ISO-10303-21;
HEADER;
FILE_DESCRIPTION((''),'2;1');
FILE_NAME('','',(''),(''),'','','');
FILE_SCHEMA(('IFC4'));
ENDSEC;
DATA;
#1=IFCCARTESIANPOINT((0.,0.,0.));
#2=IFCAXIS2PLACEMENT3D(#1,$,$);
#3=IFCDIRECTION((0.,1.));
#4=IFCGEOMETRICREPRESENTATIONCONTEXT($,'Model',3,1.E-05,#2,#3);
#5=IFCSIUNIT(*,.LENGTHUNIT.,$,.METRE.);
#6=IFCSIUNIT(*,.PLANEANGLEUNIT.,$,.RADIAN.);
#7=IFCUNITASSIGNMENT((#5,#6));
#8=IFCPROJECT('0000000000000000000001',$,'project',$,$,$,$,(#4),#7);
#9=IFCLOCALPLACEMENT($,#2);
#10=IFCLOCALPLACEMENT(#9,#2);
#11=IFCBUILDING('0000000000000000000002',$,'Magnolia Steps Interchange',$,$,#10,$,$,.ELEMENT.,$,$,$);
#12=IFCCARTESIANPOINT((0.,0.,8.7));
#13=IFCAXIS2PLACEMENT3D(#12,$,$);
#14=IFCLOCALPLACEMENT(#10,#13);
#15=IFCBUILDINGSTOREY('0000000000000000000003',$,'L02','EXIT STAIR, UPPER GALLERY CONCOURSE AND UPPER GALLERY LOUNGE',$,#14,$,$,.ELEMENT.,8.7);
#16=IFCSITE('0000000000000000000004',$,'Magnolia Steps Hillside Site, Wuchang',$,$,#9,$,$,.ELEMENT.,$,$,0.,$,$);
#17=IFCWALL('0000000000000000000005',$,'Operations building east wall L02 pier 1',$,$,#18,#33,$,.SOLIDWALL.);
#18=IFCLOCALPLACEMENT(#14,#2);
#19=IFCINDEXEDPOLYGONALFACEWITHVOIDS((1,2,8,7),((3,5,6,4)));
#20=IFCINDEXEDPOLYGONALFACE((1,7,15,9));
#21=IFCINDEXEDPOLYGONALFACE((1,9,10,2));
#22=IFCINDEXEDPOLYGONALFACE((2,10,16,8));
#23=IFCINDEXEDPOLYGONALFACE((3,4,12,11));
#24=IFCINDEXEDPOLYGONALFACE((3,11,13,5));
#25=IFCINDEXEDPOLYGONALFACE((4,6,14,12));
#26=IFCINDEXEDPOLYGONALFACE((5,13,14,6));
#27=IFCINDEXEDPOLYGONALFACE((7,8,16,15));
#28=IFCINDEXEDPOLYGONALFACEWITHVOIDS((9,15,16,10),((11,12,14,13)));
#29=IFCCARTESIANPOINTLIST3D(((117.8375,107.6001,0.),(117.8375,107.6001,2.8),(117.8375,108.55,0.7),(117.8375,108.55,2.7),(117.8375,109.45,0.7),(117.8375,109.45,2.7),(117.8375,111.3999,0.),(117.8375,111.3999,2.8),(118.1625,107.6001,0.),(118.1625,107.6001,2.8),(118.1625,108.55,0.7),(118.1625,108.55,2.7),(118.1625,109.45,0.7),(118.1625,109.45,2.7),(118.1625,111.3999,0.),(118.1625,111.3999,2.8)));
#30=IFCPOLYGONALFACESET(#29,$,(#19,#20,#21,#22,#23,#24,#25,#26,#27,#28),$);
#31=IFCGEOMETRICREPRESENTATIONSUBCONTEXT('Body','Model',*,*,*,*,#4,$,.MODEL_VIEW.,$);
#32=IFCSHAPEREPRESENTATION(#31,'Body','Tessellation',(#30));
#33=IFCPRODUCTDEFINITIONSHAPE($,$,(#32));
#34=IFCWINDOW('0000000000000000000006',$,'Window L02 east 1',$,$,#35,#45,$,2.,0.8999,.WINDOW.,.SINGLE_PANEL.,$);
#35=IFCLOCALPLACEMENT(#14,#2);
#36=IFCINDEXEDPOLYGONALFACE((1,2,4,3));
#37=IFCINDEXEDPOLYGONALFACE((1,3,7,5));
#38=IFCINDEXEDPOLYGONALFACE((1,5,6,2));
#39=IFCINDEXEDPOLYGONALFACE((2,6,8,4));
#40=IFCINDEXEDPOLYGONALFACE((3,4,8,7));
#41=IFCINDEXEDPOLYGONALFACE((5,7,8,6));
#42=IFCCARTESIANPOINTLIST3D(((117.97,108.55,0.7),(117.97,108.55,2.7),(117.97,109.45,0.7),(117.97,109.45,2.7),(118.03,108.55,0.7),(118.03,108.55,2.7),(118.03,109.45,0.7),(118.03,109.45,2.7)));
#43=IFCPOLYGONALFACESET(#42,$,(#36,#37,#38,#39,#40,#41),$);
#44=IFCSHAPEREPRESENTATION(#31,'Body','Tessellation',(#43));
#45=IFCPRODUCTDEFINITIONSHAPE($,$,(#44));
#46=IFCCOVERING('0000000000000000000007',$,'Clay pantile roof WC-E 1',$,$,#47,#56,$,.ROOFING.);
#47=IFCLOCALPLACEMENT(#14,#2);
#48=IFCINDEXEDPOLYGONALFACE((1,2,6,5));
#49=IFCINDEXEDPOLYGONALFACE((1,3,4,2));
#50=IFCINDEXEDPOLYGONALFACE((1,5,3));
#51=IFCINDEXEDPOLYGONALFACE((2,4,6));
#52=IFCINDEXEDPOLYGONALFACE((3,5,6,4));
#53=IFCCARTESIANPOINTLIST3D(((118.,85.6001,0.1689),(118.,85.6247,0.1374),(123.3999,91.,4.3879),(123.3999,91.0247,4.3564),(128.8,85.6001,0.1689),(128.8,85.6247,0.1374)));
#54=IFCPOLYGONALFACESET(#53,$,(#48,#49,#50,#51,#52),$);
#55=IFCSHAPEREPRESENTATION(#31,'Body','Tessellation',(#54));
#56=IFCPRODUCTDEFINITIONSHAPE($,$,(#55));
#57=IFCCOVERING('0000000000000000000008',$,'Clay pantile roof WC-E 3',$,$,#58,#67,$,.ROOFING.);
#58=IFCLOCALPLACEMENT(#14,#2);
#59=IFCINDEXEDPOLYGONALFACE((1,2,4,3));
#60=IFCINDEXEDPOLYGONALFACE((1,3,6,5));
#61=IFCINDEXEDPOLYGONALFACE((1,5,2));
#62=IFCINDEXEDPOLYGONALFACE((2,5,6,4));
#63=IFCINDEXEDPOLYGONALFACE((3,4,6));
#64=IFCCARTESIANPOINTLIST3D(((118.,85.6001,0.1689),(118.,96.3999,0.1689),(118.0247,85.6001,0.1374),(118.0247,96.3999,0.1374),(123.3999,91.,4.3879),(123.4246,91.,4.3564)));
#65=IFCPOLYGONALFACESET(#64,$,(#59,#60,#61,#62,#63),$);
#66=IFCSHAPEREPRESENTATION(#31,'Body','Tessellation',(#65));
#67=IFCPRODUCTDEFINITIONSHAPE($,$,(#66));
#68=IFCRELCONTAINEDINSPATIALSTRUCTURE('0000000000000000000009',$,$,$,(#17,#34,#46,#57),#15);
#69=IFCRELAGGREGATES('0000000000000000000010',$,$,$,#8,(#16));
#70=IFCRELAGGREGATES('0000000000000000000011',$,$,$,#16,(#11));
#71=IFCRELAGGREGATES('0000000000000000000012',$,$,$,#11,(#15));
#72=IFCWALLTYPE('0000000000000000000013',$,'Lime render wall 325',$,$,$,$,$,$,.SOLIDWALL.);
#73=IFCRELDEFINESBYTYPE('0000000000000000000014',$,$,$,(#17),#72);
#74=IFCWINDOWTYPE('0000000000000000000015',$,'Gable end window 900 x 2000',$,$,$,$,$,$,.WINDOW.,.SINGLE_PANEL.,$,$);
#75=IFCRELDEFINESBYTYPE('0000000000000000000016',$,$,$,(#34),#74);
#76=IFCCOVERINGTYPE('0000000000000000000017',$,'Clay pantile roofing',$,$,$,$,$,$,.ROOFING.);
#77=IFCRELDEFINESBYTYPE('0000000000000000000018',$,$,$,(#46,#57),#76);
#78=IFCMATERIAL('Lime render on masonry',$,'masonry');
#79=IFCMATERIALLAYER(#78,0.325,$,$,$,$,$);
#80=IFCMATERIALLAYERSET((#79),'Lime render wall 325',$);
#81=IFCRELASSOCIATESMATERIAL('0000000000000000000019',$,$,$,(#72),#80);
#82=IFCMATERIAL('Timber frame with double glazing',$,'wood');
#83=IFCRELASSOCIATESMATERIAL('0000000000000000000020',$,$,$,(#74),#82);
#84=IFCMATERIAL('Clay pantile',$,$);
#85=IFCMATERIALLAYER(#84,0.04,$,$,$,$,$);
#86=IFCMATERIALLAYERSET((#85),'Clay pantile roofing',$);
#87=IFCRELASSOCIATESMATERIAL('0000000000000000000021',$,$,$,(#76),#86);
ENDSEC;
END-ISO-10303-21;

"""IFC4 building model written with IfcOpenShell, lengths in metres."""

from ifc_helpers import new_model, si_unit, direction, frame, frame_2d, origin, place, context, subcontext, project, spatial, polyline, rectangle, outline, extrude, material, layer, layer_set, type_object, element, fill, save


model = new_model("IFC4")

# Units and contexts
model_context = context("Model", 3, precision=1e-05, world=origin(), true_north=direction((0.0, 1.0)))
body_context = subcontext(model_context, "Body", "Model", "MODEL_VIEW")
ifc_project = project(units=[si_unit("LENGTHUNIT", "METRE"), si_unit("PLANEANGLEUNIT", "RADIAN")], contexts=[model_context])

# Site, building, storey
site_placement = place(None, origin())
site = spatial("IfcSite", under=ifc_project, at=site_placement, Name="Magnolia Steps Hillside Site, Wuchang", CompositionType="ELEMENT", RefElevation=0.0)
building_placement = place(site_placement, origin())
building = spatial("IfcBuilding", under=site, at=building_placement, Name="Magnolia Steps Interchange", CompositionType="ELEMENT")
storey_placement = place(building_placement, frame((0.0, 0.0, 8.7)))
storey = spatial("IfcBuildingStorey", under=building, at=storey_placement, Name="L02", Description="EXIT STAIR, UPPER GALLERY CONCOURSE AND UPPER GALLERY LOUNGE", CompositionType="ELEMENT", Elevation=8.7)

# Wall, opening, window
ifc_material_1 = material(Name="Lime render on masonry", Category="masonry")
ifc_layer_1 = layer(ifc_material_1, 0.325)
ifc_layer_set_1 = layer_set([ifc_layer_1], Name="Lime render wall 325")
wall_type_1 = type_object("IfcWallType", Name="Lime render wall 325", PredefinedType="SOLIDWALL", material=ifc_layer_set_1)
wall_1_placement = place(storey_placement, frame((118.0, 107.6001, 0.0), z_axis=(0.0, 0.0, 1.0), x_axis=(0.0, 1.0, 0.0)))
wall_1 = element("IfcWall", 1, at=wall_1_placement, inside=storey, type_object=wall_type_1, Name="Operations building east wall L02 pier 1", PredefinedType="SOLIDWALL", context=body_context, shape_type="SweptSolid", body=[
    extrude(rectangle(XDim=3.7998, YDim=0.325, at=frame_2d((1.8999, 0.0))), origin(), (0.0, 0.0, 1.0), 2.8),
])
opening_1_placement = place(wall_1_placement, frame((0.95, 0.0, 0.7)))
opening_1 = element("IfcOpeningElement", 2, at=opening_1_placement, cuts=wall_1, PredefinedType="OPENING", context=body_context, shape_type="SweptSolid", body=[
    extrude(rectangle(XDim=0.8999, YDim=2.0, at=frame_2d((0.45, 1.0))), frame((0.0, 0.1724, 0.0), z_axis=(0.0, -1.0, 0.0), x_axis=(1.0, 0.0, 0.0)), (0.0, 0.0, 1.0), 0.345),
])
ifc_material_2 = material(Name="Timber frame with double glazing", Category="wood")
window_type = type_object("IfcWindowType", Name="Gable end window 900 x 2000", PartitioningType="SINGLE_PANEL", PredefinedType="WINDOW", material=ifc_material_2)
window_placement = place(opening_1_placement, origin())
window = element("IfcWindow", 3, at=window_placement, inside=storey, type_object=window_type, Name="Window L02 east 1", OverallHeight=2.0, OverallWidth=0.8999, PartitioningType="SINGLE_PANEL", PredefinedType="WINDOW", context=body_context, shape_type="SweptSolid", body=[
    extrude(rectangle(XDim=0.8999, YDim=2.0, at=frame_2d((0.45, 1.0))), frame((0.0, 0.03, 0.0), z_axis=(0.0, -1.0, 0.0), x_axis=(1.0, 0.0, 0.0)), (0.0, 0.0, 1.0), 0.0601),
])
fill(opening_1, window)

# Coverings
ifc_material_3 = material(Name="Clay pantile")
ifc_layer_2 = layer(ifc_material_3, 0.04)
ifc_layer_set_2 = layer_set([ifc_layer_2], Name="Clay pantile roofing")
covering_type = type_object("IfcCoveringType", Name="Clay pantile roofing", PredefinedType="ROOFING", material=ifc_layer_set_2)
covering_1_placement = place(storey_placement, frame((118.0, 85.6001, 0.1689), z_axis=(0.0, -0.615673, 0.788002), x_axis=(1.0, 0.0, 0.0)))
element("IfcCovering", 4, at=covering_1_placement, inside=storey, type_object=covering_type, Name="Clay pantile roof WC-E 1", PredefinedType="ROOFING", context=body_context, shape_type="SweptSolid", body=[
    extrude(outline(polyline([(0.0, 0.0), (10.8, 0.0), (5.3999, 6.8527), (0.0, 0.0)])), origin(), (0.0, 0.0, -1.0), 0.04),
])
covering_2_placement = place(storey_placement, frame((118.0, 96.3999, 0.1689), z_axis=(-0.615673, 0.0, 0.788002), x_axis=(0.0, -1.0, 0.0)))
element("IfcCovering", 5, at=covering_2_placement, inside=storey, type_object=covering_type, Name="Clay pantile roof WC-E 3", PredefinedType="ROOFING", context=body_context, shape_type="SweptSolid", body=[
    extrude(outline(polyline([(0.0, 0.0), (10.7998, 0.0), (5.3999, 6.8527), (0.0, 0.0)])), origin(), (0.0, 0.0, -1.0), 0.04),
])

save(model, "model.ifc")
